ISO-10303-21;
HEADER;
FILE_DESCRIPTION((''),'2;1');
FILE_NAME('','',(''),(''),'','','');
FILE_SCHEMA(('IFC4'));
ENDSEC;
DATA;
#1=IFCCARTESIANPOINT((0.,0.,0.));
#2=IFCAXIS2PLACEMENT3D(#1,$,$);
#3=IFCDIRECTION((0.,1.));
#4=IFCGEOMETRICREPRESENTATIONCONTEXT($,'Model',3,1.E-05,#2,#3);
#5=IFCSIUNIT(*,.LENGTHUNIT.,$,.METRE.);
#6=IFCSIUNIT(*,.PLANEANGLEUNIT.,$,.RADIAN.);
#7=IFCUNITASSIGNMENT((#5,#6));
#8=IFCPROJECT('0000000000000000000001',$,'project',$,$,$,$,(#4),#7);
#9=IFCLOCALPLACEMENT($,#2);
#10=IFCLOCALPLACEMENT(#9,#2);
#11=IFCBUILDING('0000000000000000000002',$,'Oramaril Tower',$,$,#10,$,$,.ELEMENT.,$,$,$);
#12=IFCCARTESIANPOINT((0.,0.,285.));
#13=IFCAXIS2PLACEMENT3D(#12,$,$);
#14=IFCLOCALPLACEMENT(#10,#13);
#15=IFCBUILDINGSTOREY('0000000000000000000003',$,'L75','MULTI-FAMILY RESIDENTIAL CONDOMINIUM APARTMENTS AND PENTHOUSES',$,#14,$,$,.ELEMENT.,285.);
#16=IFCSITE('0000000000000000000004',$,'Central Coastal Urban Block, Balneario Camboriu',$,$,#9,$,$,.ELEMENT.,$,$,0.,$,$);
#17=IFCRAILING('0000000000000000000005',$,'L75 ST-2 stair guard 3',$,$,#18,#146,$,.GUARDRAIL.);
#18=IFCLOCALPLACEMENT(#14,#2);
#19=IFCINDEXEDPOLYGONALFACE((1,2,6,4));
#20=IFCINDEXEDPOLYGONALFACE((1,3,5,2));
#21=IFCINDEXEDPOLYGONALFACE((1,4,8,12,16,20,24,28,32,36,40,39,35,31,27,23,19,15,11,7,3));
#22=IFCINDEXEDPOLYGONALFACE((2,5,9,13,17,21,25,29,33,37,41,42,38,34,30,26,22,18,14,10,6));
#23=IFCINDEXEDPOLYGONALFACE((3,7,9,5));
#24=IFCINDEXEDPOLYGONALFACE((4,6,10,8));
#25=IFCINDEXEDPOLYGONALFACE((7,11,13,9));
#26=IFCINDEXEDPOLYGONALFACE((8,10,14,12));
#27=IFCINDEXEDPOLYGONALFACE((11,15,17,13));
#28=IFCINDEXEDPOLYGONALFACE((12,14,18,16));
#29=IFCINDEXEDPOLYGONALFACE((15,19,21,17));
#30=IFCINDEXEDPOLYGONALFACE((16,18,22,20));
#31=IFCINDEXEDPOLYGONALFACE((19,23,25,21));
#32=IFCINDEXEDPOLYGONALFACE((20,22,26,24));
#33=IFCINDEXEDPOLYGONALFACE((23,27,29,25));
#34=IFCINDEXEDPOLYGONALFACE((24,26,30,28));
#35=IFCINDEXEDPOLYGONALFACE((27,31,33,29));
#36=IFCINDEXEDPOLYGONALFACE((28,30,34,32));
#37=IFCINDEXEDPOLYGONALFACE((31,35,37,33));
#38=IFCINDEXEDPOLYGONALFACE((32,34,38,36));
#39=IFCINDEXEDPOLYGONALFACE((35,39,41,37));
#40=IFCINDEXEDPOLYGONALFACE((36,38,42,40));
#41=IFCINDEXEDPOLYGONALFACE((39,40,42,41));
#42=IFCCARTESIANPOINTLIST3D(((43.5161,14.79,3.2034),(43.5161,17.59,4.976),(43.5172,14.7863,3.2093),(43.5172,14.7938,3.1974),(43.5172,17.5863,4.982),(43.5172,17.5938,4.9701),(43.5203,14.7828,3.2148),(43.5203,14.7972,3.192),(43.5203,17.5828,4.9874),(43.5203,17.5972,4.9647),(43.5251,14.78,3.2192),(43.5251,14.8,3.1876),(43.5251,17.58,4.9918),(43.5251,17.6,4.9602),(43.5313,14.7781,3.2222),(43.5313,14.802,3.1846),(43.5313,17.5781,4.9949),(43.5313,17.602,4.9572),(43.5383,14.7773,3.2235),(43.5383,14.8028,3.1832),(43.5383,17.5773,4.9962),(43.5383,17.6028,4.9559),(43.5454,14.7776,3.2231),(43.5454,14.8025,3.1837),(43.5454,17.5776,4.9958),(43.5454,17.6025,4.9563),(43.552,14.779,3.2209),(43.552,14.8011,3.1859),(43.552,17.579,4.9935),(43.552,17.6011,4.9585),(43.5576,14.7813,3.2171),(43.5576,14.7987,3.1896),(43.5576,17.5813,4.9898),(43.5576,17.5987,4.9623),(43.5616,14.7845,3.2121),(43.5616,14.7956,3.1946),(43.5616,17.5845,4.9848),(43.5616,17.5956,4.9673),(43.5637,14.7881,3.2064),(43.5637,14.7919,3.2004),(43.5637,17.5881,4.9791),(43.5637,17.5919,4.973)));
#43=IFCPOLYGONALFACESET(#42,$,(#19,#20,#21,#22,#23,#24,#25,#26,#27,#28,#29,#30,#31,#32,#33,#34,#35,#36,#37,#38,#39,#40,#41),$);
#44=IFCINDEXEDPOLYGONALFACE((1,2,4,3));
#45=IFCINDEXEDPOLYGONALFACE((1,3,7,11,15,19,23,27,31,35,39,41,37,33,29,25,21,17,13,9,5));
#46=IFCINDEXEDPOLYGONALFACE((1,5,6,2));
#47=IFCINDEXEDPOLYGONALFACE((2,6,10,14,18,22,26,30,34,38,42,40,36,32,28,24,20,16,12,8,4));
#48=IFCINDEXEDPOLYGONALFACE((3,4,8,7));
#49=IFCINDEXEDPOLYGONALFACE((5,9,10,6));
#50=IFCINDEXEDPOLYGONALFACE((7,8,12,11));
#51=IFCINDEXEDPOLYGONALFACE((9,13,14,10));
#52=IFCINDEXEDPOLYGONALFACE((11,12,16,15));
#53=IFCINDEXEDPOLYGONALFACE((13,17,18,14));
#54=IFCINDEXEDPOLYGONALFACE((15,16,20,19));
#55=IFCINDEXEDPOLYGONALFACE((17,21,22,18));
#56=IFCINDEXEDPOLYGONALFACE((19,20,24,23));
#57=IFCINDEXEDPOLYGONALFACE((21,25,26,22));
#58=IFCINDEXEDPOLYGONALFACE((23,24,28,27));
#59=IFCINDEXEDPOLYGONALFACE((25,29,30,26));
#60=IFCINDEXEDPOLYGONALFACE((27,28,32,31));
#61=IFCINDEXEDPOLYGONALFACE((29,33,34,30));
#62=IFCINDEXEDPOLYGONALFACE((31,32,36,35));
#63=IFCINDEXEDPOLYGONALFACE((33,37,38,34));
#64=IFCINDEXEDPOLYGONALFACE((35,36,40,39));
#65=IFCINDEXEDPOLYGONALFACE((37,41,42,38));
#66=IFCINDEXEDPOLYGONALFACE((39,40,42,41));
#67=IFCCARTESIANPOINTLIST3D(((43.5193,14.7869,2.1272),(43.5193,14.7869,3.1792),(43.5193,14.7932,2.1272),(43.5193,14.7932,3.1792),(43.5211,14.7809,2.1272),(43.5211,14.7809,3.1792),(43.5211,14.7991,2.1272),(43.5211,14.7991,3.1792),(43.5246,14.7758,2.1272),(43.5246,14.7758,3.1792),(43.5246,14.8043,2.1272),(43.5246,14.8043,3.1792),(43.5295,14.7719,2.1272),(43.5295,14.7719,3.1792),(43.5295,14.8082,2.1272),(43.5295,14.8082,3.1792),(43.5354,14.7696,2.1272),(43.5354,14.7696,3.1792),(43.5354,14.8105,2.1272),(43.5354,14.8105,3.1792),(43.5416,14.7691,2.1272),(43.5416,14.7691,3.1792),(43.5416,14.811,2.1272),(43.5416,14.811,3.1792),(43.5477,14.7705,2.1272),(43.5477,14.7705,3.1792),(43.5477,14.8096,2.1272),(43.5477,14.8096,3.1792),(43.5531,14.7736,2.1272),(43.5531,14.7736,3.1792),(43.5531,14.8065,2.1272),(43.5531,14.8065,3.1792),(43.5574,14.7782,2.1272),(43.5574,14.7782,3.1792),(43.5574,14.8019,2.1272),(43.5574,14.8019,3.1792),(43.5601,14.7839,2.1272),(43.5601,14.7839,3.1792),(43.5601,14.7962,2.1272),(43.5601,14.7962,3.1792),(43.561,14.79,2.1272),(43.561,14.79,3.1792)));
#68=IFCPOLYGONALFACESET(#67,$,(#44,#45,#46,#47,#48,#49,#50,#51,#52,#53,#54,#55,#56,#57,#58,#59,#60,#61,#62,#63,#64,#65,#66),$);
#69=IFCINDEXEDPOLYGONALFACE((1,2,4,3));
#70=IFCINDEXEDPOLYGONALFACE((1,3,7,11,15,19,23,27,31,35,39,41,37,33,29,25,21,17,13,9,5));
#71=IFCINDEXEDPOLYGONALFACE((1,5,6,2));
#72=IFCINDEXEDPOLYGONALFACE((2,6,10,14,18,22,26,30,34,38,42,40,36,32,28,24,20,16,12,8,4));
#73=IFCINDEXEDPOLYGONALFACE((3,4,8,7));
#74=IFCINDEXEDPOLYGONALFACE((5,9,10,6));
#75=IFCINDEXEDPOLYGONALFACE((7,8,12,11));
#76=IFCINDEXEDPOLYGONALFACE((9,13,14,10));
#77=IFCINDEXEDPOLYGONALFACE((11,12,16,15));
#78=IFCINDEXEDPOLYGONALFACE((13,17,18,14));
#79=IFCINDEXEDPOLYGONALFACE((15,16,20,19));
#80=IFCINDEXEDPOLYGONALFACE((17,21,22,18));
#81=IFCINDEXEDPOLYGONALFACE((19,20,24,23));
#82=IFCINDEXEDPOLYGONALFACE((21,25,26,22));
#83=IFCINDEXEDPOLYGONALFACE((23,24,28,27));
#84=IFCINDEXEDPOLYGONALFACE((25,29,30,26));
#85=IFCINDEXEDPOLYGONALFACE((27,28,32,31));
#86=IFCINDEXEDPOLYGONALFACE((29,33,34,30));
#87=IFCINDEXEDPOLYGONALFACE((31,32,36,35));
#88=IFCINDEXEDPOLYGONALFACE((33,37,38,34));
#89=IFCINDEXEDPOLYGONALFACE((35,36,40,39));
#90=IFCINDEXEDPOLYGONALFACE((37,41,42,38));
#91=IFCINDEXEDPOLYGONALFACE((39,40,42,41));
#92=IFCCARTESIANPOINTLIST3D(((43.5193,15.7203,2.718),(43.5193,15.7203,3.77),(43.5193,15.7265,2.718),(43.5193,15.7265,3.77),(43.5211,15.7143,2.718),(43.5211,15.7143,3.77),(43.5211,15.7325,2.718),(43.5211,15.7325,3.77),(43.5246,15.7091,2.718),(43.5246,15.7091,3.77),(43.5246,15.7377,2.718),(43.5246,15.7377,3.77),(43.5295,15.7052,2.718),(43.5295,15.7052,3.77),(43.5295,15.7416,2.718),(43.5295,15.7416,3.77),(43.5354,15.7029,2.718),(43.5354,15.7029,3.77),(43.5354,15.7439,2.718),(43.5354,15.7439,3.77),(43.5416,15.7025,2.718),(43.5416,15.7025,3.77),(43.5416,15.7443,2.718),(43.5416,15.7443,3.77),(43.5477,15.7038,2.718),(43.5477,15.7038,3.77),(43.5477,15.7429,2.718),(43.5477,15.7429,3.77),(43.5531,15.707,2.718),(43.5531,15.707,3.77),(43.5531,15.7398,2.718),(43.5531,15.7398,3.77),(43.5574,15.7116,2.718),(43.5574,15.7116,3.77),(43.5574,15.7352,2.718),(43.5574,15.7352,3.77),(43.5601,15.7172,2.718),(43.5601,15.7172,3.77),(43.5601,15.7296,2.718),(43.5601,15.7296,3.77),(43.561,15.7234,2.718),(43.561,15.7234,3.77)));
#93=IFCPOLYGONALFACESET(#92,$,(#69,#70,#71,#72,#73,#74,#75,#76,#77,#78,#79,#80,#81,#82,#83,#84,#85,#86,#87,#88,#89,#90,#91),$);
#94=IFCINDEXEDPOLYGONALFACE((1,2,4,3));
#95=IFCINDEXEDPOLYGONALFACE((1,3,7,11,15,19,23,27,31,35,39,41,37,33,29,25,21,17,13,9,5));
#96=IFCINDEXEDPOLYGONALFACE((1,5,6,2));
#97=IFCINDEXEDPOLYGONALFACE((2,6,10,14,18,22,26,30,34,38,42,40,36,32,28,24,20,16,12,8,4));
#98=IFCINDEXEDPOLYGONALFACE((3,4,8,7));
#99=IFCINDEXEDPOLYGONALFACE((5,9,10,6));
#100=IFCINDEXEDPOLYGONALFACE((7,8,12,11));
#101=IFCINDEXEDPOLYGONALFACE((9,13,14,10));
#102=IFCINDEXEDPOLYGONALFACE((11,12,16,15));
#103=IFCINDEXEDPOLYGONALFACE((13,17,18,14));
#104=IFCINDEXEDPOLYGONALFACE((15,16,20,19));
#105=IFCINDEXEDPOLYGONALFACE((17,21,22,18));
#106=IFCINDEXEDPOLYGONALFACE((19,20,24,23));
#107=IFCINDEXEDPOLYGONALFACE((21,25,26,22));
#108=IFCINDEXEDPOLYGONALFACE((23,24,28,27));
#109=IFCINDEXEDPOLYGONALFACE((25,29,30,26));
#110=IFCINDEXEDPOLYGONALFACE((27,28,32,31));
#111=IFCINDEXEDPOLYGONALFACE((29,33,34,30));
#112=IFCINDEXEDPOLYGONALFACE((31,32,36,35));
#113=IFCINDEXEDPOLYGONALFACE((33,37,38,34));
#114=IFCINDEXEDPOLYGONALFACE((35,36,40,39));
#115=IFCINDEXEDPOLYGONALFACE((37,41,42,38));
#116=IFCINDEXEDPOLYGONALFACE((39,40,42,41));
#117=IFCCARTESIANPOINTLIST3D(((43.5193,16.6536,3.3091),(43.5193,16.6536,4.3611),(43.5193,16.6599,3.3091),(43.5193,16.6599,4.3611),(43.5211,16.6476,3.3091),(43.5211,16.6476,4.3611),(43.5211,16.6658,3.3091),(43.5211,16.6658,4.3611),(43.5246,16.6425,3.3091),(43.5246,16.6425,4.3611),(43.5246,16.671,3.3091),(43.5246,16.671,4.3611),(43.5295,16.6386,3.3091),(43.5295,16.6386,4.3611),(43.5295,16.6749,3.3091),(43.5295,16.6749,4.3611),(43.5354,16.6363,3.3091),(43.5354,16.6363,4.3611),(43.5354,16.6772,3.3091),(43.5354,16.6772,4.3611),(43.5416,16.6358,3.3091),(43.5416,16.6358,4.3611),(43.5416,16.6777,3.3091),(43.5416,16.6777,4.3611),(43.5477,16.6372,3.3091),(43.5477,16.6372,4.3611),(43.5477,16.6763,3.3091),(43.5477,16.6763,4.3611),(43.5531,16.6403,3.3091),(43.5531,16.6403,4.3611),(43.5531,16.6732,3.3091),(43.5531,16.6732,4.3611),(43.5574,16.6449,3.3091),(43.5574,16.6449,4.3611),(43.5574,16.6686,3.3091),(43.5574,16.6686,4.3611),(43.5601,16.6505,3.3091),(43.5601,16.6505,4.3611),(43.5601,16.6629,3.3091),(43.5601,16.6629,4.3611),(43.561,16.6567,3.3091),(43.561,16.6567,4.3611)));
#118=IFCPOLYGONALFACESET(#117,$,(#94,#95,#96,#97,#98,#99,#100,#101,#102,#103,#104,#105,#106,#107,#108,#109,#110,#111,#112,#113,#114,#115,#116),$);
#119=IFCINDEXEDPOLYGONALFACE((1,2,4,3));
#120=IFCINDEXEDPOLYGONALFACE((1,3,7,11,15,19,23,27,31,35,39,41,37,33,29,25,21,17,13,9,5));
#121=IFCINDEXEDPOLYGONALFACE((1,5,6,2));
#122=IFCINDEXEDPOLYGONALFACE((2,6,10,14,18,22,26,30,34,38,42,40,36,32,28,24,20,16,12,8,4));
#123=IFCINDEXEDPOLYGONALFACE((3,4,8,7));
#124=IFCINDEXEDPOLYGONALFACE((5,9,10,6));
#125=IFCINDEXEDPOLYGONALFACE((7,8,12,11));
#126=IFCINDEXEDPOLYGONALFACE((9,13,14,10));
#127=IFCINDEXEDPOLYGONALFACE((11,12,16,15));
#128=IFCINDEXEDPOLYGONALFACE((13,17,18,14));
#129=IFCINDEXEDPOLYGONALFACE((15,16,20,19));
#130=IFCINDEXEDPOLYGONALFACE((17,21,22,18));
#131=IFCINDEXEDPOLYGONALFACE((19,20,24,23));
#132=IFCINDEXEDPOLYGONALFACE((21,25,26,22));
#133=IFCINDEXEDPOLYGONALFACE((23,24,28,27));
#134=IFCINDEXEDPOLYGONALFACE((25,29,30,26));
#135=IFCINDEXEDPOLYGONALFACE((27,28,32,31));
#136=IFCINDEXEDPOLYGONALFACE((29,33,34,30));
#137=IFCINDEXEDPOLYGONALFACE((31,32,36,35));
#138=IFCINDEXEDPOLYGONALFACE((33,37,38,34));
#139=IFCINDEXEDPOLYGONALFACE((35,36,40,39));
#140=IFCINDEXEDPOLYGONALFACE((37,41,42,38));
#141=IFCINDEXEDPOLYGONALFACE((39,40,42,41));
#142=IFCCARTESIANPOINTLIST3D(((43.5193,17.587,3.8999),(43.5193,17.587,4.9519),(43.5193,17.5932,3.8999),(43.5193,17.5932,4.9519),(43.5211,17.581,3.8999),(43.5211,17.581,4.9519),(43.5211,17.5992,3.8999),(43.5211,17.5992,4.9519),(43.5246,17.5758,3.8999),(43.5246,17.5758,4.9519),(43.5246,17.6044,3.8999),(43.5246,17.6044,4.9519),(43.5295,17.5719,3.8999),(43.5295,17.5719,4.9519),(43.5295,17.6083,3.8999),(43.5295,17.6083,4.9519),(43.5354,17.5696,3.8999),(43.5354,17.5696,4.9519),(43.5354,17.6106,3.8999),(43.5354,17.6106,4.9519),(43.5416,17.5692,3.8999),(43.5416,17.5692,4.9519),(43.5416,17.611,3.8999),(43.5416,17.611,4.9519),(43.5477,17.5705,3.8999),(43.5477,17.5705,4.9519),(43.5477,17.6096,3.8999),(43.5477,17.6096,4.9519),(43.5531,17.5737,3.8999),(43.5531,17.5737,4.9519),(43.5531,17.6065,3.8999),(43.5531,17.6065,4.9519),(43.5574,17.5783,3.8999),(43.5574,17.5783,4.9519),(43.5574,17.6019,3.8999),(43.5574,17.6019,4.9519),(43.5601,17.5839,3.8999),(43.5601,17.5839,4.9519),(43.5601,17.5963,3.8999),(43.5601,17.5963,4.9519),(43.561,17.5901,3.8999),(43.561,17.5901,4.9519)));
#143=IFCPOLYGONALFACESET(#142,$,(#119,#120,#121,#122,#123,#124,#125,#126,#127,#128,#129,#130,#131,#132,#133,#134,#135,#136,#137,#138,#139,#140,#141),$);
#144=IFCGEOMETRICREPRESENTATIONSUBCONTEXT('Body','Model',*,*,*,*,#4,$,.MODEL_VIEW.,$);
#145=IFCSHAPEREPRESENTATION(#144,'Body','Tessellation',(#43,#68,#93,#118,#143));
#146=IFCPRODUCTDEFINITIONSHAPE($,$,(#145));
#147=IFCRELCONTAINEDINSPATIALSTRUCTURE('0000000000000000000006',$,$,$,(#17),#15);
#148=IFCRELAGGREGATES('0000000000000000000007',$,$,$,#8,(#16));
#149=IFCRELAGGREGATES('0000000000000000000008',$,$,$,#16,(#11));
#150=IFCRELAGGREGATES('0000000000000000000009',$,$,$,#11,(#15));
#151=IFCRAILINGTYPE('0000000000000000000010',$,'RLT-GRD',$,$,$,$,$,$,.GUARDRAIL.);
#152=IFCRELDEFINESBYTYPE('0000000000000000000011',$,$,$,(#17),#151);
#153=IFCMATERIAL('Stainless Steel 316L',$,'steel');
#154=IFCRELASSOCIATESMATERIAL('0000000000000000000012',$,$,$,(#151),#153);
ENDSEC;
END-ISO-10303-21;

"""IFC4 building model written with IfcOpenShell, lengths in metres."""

from ifc_helpers import new_model, si_unit, direction, frame, origin, origin_2d, place, context, subcontext, project, spatial, circle, extrude, material, type_object, element, save


model = new_model("IFC4")

# Units and contexts
model_context = context("Model", 3, precision=1e-05, world=origin(), true_north=direction((0.0, 1.0)))
body_context = subcontext(model_context, "Body", "Model", "MODEL_VIEW")
ifc_project = project(units=[si_unit("LENGTHUNIT", "METRE"), si_unit("PLANEANGLEUNIT", "RADIAN")], contexts=[model_context])

# Site, building, storey
site_placement = place(None, origin())
site = spatial("IfcSite", under=ifc_project, at=site_placement, Name="Central Coastal Urban Block, Balneario Camboriu", CompositionType="ELEMENT", RefElevation=0.0)
building_placement = place(site_placement, origin())
building = spatial("IfcBuilding", under=site, at=building_placement, Name="Oramaril Tower", CompositionType="ELEMENT")
storey_placement = place(building_placement, frame((0.0, 0.0, 285.0)))
storey = spatial("IfcBuildingStorey", under=building, at=storey_placement, Name="L75", Description="MULTI-FAMILY RESIDENTIAL CONDOMINIUM APARTMENTS AND PENTHOUSES", CompositionType="ELEMENT", Elevation=285.0)

# Railing
ifc_material_1 = material(Name="Stainless Steel 316L", Category="steel")
railing_type_1 = type_object("IfcRailingType", Name="RLT-GRD", PredefinedType="GUARDRAIL", material=ifc_material_1)
railing_1_placement = place(storey_placement, frame((43.54, 14.79, 2.1272)))
element("IfcRailing", 1, at=railing_1_placement, inside=storey, type_object=railing_type_1, Name="L75 ST-2 stair guard 3", PredefinedType="GUARDRAIL", context=body_context, shape_type="SweptSolid", body=[
    extrude(circle(Radius=0.0239, at=origin_2d()), frame((0.0, 0.0, 1.0762), z_axis=(0.0, 0.844909, 0.53491), x_axis=(-1.0, 0.0, 0.0)), (0.0, 0.0, 1.0), 3.314),
    extrude(circle(Radius=0.021, at=origin_2d()), origin(), (0.0, 0.0, 1.0), 1.052),
    extrude(circle(Radius=0.021, at=origin_2d()), frame((0.0, 0.9333, 0.5908)), (0.0, 0.0, 1.0), 1.052),
    extrude(circle(Radius=0.021, at=origin_2d()), frame((0.0, 1.8667, 1.1819)), (0.0, 0.0, 1.0), 1.052),
    extrude(circle(Radius=0.021, at=origin_2d()), frame((0.0, 2.8, 1.7727)), (0.0, 0.0, 1.0), 1.052),
])

save(model, "model.ifc")
